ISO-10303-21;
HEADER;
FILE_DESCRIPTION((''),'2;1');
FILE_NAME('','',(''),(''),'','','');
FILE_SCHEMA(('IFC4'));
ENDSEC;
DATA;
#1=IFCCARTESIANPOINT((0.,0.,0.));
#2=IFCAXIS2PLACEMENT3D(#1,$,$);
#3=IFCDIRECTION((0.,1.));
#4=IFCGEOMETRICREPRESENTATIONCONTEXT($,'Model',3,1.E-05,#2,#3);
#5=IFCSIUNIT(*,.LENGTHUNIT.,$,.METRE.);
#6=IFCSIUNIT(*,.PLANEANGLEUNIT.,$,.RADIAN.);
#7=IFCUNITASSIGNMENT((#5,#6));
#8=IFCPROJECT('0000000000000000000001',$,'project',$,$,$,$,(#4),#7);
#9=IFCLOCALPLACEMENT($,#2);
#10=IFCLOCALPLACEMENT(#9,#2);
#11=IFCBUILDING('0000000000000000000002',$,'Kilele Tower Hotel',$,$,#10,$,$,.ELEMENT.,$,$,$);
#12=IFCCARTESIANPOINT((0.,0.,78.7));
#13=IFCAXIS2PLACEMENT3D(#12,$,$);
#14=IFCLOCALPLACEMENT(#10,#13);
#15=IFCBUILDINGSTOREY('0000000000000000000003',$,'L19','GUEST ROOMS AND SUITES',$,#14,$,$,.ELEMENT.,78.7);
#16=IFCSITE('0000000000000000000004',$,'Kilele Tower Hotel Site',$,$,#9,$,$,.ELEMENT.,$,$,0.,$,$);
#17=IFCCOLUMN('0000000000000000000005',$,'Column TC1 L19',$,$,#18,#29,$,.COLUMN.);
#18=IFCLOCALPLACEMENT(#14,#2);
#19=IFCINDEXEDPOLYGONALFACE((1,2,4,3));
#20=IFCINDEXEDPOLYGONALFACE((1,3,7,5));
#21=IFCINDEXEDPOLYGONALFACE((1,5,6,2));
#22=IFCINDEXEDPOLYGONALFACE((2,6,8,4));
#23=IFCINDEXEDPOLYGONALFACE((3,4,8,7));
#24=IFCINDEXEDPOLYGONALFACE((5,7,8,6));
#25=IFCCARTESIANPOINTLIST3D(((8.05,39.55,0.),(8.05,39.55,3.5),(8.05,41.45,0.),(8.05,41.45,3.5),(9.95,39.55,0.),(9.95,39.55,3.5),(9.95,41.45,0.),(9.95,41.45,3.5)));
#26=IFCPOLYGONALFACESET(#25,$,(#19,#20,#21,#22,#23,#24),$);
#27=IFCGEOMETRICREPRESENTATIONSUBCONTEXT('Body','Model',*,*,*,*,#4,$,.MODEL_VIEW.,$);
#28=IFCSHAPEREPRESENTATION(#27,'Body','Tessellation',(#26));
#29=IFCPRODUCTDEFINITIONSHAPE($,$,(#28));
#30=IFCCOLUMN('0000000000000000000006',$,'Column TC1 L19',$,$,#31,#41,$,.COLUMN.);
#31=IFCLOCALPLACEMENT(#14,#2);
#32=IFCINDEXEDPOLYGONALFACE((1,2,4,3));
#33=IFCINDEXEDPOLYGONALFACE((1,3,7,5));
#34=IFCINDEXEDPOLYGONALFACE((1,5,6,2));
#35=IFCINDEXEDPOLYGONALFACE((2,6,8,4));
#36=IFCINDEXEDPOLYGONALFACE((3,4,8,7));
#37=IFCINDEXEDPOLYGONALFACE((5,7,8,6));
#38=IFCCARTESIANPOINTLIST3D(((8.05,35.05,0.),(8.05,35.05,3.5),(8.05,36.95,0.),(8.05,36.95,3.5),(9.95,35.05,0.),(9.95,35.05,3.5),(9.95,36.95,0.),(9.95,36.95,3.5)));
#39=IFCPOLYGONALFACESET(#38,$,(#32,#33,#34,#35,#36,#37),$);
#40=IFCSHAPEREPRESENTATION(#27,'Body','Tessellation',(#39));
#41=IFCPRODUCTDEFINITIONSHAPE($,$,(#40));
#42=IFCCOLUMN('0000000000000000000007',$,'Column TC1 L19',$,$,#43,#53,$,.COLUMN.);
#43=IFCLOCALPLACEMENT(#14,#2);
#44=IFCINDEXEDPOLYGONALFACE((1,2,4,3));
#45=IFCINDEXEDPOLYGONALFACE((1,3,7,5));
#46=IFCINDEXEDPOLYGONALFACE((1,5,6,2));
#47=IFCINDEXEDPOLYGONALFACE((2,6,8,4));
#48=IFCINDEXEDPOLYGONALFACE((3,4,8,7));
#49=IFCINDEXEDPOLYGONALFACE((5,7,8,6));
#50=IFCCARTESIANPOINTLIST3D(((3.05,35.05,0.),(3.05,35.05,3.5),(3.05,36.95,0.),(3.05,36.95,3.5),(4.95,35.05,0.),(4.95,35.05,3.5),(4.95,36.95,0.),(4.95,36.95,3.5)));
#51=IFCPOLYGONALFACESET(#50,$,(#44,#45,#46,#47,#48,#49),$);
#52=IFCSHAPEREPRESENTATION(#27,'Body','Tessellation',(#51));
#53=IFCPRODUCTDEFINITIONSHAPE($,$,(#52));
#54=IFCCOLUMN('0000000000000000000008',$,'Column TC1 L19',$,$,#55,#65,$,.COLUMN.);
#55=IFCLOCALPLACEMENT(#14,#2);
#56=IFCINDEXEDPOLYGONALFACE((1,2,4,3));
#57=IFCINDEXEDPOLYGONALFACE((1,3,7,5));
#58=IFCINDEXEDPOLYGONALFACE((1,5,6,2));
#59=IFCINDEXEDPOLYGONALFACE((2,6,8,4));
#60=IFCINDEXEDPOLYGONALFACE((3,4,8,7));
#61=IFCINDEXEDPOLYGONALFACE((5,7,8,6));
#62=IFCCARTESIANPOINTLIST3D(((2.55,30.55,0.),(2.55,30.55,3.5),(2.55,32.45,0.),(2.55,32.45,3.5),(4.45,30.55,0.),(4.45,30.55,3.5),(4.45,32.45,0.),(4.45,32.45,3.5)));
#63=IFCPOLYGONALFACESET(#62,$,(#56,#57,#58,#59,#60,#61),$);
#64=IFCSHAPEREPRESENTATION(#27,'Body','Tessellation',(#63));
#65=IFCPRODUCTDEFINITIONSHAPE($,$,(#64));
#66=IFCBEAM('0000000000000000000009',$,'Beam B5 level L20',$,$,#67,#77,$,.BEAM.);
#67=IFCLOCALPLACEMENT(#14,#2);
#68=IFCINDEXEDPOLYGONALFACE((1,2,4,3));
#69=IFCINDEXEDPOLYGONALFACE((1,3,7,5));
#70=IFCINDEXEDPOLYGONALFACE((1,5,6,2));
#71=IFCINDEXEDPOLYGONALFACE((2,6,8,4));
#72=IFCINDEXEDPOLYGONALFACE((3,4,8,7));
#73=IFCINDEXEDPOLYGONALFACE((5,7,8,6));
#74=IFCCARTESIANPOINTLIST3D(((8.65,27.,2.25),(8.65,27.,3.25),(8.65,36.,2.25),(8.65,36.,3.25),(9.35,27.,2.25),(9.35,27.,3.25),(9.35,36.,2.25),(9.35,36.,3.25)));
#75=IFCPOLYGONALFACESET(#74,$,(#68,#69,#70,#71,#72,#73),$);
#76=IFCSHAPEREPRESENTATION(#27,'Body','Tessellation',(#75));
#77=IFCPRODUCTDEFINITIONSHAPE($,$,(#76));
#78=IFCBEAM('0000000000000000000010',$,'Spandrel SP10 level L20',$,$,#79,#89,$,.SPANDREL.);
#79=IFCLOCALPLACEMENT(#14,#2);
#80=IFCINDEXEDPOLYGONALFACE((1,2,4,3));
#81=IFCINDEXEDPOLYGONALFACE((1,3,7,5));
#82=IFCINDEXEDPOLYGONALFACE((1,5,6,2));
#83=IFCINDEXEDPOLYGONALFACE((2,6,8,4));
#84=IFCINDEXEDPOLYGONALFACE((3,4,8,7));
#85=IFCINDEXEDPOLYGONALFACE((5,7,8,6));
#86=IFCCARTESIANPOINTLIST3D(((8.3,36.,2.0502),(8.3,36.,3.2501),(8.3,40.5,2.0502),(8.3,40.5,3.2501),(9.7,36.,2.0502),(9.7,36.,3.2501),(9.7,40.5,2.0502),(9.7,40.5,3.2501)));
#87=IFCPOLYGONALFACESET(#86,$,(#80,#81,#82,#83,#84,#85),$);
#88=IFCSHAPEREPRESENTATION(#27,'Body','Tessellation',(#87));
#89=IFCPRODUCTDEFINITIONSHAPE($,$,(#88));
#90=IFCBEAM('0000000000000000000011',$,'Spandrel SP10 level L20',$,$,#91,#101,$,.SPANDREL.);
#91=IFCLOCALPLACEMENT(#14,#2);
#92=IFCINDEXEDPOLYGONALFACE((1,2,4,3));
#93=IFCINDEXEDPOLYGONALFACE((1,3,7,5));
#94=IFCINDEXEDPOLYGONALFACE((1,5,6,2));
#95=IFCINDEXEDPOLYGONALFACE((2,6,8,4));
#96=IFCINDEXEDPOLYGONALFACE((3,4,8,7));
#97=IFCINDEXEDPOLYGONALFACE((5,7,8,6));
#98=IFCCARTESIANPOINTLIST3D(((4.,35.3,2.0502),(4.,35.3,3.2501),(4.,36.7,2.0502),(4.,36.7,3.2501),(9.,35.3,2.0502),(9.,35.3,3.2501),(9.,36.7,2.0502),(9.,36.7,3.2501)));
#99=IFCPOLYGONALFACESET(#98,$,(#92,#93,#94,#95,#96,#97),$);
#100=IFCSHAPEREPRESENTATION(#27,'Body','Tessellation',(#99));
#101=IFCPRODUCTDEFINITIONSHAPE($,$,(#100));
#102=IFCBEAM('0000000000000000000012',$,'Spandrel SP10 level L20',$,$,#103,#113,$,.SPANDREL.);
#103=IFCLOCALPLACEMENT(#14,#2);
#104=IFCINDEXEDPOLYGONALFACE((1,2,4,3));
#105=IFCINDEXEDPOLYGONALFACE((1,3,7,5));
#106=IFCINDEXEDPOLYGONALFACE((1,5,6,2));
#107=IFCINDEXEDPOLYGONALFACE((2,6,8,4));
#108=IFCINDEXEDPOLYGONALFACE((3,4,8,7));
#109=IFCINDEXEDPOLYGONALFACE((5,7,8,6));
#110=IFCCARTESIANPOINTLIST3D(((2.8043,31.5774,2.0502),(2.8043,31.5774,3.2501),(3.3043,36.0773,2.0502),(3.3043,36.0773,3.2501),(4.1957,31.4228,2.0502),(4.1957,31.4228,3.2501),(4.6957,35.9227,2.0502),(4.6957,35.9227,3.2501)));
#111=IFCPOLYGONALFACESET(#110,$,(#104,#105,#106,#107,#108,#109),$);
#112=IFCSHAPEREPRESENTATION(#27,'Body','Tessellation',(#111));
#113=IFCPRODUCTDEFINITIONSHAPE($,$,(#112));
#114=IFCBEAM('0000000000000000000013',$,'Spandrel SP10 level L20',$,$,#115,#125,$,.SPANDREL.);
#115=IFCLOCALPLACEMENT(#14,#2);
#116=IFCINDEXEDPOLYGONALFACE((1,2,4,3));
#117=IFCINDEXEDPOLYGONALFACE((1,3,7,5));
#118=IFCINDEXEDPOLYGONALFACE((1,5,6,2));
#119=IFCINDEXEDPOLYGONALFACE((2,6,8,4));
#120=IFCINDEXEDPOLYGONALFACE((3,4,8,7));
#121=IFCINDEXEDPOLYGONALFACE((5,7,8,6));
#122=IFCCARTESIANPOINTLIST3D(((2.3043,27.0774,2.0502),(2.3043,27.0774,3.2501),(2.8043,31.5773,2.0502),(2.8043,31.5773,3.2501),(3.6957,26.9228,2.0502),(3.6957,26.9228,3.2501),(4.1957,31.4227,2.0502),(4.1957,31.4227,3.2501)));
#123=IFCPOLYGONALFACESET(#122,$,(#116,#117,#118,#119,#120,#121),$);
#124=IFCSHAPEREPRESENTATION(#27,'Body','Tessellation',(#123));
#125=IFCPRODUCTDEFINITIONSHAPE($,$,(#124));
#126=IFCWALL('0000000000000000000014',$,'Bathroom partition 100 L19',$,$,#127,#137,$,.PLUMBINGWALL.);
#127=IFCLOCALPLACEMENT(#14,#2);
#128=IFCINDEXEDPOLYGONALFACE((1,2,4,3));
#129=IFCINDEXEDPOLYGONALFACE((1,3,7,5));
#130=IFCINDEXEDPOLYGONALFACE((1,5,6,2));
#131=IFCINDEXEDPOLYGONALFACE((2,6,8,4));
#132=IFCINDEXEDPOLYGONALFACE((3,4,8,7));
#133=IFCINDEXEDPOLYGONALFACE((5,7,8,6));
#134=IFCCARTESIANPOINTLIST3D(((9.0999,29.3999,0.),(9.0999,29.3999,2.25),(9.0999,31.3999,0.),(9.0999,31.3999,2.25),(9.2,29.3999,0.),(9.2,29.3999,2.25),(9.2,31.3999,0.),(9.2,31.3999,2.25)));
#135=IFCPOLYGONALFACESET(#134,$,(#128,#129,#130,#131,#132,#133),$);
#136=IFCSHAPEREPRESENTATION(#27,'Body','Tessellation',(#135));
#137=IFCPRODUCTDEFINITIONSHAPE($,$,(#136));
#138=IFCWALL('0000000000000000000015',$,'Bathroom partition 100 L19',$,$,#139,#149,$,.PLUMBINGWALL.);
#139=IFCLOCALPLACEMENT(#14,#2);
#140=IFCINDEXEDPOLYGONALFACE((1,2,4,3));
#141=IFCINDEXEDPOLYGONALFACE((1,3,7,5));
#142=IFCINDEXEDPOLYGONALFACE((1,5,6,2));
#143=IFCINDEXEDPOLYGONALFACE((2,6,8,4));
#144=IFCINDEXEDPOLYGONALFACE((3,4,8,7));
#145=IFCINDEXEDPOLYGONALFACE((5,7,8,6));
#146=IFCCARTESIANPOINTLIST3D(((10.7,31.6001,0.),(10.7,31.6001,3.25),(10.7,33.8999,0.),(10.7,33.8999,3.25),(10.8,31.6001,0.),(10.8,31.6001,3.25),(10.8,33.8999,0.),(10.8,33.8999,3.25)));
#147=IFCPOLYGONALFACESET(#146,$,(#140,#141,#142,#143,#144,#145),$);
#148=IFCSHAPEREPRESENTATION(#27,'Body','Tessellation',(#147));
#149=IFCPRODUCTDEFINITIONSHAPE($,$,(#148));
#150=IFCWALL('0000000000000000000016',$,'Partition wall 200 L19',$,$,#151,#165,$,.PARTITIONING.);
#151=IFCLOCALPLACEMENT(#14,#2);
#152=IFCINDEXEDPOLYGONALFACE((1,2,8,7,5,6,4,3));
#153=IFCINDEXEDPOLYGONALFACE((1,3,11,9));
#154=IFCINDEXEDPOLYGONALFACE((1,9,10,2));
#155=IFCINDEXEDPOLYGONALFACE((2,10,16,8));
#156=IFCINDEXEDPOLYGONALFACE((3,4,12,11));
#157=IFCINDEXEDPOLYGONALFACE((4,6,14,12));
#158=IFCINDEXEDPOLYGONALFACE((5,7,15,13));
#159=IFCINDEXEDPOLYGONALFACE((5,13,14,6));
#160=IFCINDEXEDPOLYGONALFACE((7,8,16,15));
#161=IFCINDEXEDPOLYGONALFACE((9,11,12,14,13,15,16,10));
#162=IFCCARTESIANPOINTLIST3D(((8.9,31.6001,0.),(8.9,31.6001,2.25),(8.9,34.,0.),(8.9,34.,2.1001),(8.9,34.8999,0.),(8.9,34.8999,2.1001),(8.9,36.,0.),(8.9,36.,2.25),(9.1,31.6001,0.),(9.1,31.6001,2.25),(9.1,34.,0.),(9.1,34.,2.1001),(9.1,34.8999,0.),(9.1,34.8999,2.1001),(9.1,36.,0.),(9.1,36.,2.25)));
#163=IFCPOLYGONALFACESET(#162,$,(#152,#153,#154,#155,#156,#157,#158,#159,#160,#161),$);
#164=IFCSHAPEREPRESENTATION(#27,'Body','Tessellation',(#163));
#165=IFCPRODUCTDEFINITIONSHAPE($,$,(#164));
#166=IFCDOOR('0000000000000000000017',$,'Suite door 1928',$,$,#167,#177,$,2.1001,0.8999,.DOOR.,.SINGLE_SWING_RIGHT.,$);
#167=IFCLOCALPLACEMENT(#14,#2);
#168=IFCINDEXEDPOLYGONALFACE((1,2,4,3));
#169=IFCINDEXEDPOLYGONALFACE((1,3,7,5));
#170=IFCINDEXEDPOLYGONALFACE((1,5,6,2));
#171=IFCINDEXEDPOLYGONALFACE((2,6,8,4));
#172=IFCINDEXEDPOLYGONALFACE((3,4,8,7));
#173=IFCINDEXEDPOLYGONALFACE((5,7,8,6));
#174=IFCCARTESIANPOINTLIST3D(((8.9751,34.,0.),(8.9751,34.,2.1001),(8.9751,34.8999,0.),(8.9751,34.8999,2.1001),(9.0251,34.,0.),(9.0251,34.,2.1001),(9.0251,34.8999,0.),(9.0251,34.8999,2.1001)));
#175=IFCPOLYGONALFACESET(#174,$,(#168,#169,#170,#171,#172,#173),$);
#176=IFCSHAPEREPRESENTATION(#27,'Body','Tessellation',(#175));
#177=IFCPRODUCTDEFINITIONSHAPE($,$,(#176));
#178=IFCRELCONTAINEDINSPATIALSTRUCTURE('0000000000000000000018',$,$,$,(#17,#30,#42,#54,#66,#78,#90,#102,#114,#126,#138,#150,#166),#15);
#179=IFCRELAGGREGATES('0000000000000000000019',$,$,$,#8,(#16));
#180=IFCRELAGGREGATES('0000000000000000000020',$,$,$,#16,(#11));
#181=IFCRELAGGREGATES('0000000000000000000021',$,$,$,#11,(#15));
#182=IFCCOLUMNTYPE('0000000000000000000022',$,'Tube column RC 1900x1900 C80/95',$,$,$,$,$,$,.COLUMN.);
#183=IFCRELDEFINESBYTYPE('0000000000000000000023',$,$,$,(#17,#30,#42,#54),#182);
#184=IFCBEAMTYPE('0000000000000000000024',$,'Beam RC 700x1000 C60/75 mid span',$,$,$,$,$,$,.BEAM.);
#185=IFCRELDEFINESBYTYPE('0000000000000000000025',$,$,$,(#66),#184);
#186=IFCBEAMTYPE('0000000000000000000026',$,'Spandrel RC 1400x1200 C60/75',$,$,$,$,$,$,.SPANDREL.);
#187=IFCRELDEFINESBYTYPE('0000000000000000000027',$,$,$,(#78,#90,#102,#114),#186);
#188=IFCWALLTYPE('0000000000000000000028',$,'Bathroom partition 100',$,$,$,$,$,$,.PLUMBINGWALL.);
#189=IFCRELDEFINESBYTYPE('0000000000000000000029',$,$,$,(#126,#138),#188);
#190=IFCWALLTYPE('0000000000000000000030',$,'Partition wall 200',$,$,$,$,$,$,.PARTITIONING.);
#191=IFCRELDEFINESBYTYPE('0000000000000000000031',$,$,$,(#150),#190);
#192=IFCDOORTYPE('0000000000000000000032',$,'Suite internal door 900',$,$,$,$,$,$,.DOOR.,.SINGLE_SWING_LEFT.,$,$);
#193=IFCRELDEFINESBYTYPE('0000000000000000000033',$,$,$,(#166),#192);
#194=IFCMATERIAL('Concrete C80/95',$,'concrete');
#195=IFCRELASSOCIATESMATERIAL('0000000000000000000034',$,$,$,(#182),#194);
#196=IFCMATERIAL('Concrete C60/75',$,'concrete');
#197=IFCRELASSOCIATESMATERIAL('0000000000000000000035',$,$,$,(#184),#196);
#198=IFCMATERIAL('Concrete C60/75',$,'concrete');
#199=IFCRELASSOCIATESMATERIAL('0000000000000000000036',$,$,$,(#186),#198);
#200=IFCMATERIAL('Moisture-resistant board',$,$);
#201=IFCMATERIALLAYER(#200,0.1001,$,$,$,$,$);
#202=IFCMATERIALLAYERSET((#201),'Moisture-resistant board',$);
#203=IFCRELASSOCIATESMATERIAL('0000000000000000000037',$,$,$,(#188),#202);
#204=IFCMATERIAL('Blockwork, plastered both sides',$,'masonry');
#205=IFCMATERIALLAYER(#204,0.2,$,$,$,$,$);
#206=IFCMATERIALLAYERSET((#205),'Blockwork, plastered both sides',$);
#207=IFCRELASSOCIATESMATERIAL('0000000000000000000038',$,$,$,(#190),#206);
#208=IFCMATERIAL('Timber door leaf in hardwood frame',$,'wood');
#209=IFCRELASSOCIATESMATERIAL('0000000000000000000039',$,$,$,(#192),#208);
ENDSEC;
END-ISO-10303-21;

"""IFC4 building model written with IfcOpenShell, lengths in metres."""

from ifc_helpers import new_model, si_unit, direction, frame, frame_2d, origin, origin_2d, place, context, subcontext, project, spatial, rectangle, extrude, material, layer, layer_set, material_profile, profile_set, type_object, element, fill, save


model = new_model("IFC4")

# Units and contexts
model_context = context("Model", 3, precision=1e-05, world=origin(), true_north=direction((0.0, 1.0)))
body_context = subcontext(model_context, "Body", "Model", "MODEL_VIEW")
ifc_project = project(units=[si_unit("LENGTHUNIT", "METRE"), si_unit("PLANEANGLEUNIT", "RADIAN")], contexts=[model_context])

# Site, building, storey
site_placement = place(None, origin())
site = spatial("IfcSite", under=ifc_project, at=site_placement, Name="Kilele Tower Hotel Site", CompositionType="ELEMENT", RefElevation=0.0)
building_placement = place(site_placement, origin())
building = spatial("IfcBuilding", under=site, at=building_placement, Name="Kilele Tower Hotel", CompositionType="ELEMENT")
storey_placement = place(building_placement, frame((0.0, 0.0, 78.7)))
storey = spatial("IfcBuildingStorey", under=building, at=storey_placement, Name="L19", Description="GUEST ROOMS AND SUITES", CompositionType="ELEMENT", Elevation=78.7)

# Columns
ifc_material_1 = material(Name="Concrete C80/95", Category="concrete")
ifc_material_profile_1 = material_profile(ifc_material_1, rectangle(XDim=1.8999, YDim=1.8999, at=origin_2d()))
ifc_profile_set_1 = profile_set([ifc_material_profile_1], Name="Concrete C80/95")
column_type = type_object("IfcColumnType", Name="Tube column RC 1900x1900 C80/95", PredefinedType="COLUMN", material=ifc_profile_set_1)
for number, where, z_axis, x_axis, name in (
    (1, (9.0, 40.5, 0.0), (0.0, 0.0, 1.0), (1.0, 0.0, 0.0), "Column TC1 L19"),
    (2, (9.0, 36.0, 0.0), (0.0, 0.0, 1.0), (1.0, 0.0, 0.0), "Column TC1 L19"),
    (3, (4.0, 36.0, 0.0), (0.0, 0.0, 1.0), (1.0, 0.0, 0.0), "Column TC1 L19"),
    (4, (3.5, 31.5, 0.0), (0.0, 0.0, 1.0), (1.0, 0.0, 0.0), "Column TC1 L19"),
):
    element("IfcColumn", number, at=place(storey_placement, frame(where, z_axis=z_axis, x_axis=x_axis)), inside=storey, type_object=column_type, Name=name, PredefinedType="COLUMN", context=body_context, shape_type="SweptSolid", body=[
        extrude(rectangle(XDim=1.8999, YDim=1.8999, at=origin_2d()), origin(), (0.0, 0.0, 1.0), 3.5),
    ])

# Beams
ifc_material_2 = material(Name="Concrete C60/75", Category="concrete")
ifc_material_profile_2 = material_profile(ifc_material_2, rectangle(XDim=0.7, YDim=1.0, at=origin_2d()))
ifc_profile_set_2 = profile_set([ifc_material_profile_2], Name="Concrete C60/75")
beam_type_1 = type_object("IfcBeamType", Name="Beam RC 700x1000 C60/75 mid span", PredefinedType="BEAM", material=ifc_profile_set_2)
beam_1_placement = place(storey_placement, frame((9.0, 36.0, 2.75), z_axis=(0.0, -1.0, 0.0), x_axis=(1.0, 0.0, 0.0)))
element("IfcBeam", 5, at=beam_1_placement, inside=storey, type_object=beam_type_1, Name="Beam B5 level L20", PredefinedType="BEAM", context=body_context, shape_type="SweptSolid", body=[
    extrude(rectangle(XDim=0.7, YDim=1.0, at=origin_2d()), origin(), (0.0, 0.0, 1.0), 9.0),
])
ifc_material_3 = material(Name="Concrete C60/75", Category="concrete")
ifc_material_profile_3 = material_profile(ifc_material_3, rectangle(XDim=1.3999, YDim=1.2, at=origin_2d()))
ifc_profile_set_3 = profile_set([ifc_material_profile_3], Name="Concrete C60/75")
beam_type_2 = type_object("IfcBeamType", Name="Spandrel RC 1400x1200 C60/75", PredefinedType="SPANDREL", material=ifc_profile_set_3)
beam_2_placement = place(storey_placement, frame((9.0, 40.5, 2.6501), z_axis=(0.0, -1.0, 0.0), x_axis=(1.0, 0.0, 0.0)))
element("IfcBeam", 6, at=beam_2_placement, inside=storey, type_object=beam_type_2, Name="Spandrel SP10 level L20", PredefinedType="SPANDREL", context=body_context, shape_type="SweptSolid", body=[
    extrude(rectangle(XDim=1.3999, YDim=1.2, at=origin_2d()), origin(), (0.0, 0.0, 1.0), 4.5),
])
beam_3_placement = place(storey_placement, frame((9.0, 36.0, 2.6501), z_axis=(-1.0, 0.0, 0.0), x_axis=(0.0, -1.0, 0.0)))
element("IfcBeam", 7, at=beam_3_placement, inside=storey, type_object=beam_type_2, Name="Spandrel SP10 level L20", PredefinedType="SPANDREL", context=body_context, shape_type="SweptSolid", body=[
    extrude(rectangle(XDim=1.3999, YDim=1.2, at=origin_2d()), origin(), (0.0, 0.0, 1.0), 5.0),
])
for number, where, z_axis, x_axis, name in (
    (8, (4.0, 36.0, 2.6501), (-0.110432, -0.993884, 0.0), (0.993884, -0.110432, 0.0), "Spandrel SP10 level L20"),
    (9, (3.5, 31.5, 2.6501), (-0.110432, -0.993884, 0.0), (0.993884, -0.110432, 0.0), "Spandrel SP10 level L20"),
):
    element("IfcBeam", number, at=place(storey_placement, frame(where, z_axis=z_axis, x_axis=x_axis)), inside=storey, type_object=beam_type_2, Name=name, PredefinedType="SPANDREL", context=body_context, shape_type="SweptSolid", body=[
        extrude(rectangle(XDim=1.3999, YDim=1.2, at=origin_2d()), origin(), (0.0, 0.0, 1.0), 4.5276),
    ])

# Walls
ifc_material_4 = material(Name="Moisture-resistant board")
ifc_layer_1 = layer(ifc_material_4, 0.1001)
ifc_layer_set_1 = layer_set([ifc_layer_1], Name="Moisture-resistant board")
wall_type_1 = type_object("IfcWallType", Name="Bathroom partition 100", PredefinedType="PLUMBINGWALL", material=ifc_layer_set_1)
wall_1_placement = place(storey_placement, frame((9.1499, 31.3999, 0.0), z_axis=(0.0, 0.0, 1.0), x_axis=(0.0, -1.0, 0.0)))
element("IfcWall", 10, at=wall_1_placement, inside=storey, type_object=wall_type_1, Name="Bathroom partition 100 L19", PredefinedType="PLUMBINGWALL", context=body_context, shape_type="SweptSolid", body=[
    extrude(rectangle(XDim=2.0, YDim=0.1001, at=frame_2d((1.0, 0.0))), origin(), (0.0, 0.0, 1.0), 2.25),
])
wall_2_placement = place(storey_placement, frame((10.75, 31.6001, 0.0), z_axis=(0.0, 0.0, 1.0), x_axis=(0.0, 1.0, 0.0)))
element("IfcWall", 11, at=wall_2_placement, inside=storey, type_object=wall_type_1, Name="Bathroom partition 100 L19", PredefinedType="PLUMBINGWALL", context=body_context, shape_type="SweptSolid", body=[
    extrude(rectangle(XDim=2.2998, YDim=0.1001, at=frame_2d((1.1499, 0.0))), origin(), (0.0, 0.0, 1.0), 3.25),
])

# Wall, opening, door
ifc_material_5 = material(Name="Blockwork, plastered both sides", Category="masonry")
ifc_layer_2 = layer(ifc_material_5, 0.2)
ifc_layer_set_2 = layer_set([ifc_layer_2], Name="Blockwork, plastered both sides")
wall_type_2 = type_object("IfcWallType", Name="Partition wall 200", PredefinedType="PARTITIONING", material=ifc_layer_set_2)
wall_3_placement = place(storey_placement, frame((9.0, 31.6001, 0.0), z_axis=(0.0, 0.0, 1.0), x_axis=(0.0, 1.0, 0.0)))
wall_3 = element("IfcWall", 12, at=wall_3_placement, inside=storey, type_object=wall_type_2, Name="Partition wall 200 L19", PredefinedType="PARTITIONING", context=body_context, shape_type="SweptSolid", body=[
    extrude(rectangle(XDim=4.3999, YDim=0.2, at=frame_2d((2.2, 0.0))), origin(), (0.0, 0.0, 1.0), 2.25),
])
opening_1_placement = place(wall_3_placement, frame((2.3999, 0.0, 0.0)))
opening_1 = element("IfcOpeningElement", 13, at=opening_1_placement, cuts=wall_3, PredefinedType="OPENING", context=body_context, shape_type="SweptSolid", body=[
    extrude(rectangle(XDim=0.8999, YDim=2.1001, at=frame_2d((0.45, 1.05))), frame((0.0, 0.1099, 0.0), z_axis=(0.0, -1.0, 0.0), x_axis=(1.0, 0.0, 0.0)), (0.0, 0.0, 1.0), 0.22),
])
ifc_material_6 = material(Name="Timber door leaf in hardwood frame", Category="wood")
door_type = type_object("IfcDoorType", Name="Suite internal door 900", OperationType="SINGLE_SWING_LEFT", PredefinedType="DOOR", material=ifc_material_6)
door_placement = place(opening_1_placement, origin())
door = element("IfcDoor", 14, at=door_placement, inside=storey, type_object=door_type, Name="Suite door 1928", OperationType="SINGLE_SWING_RIGHT", OverallHeight=2.1001, OverallWidth=0.8999, PredefinedType="DOOR", context=body_context, shape_type="SweptSolid", body=[
    extrude(rectangle(XDim=0.8999, YDim=2.1001, at=frame_2d((0.45, 1.05))), frame((0.0, 0.0249, 0.0), z_axis=(0.0, -1.0, 0.0), x_axis=(1.0, 0.0, 0.0)), (0.0, 0.0, 1.0), 0.05),
])
fill(opening_1, door)

save(model, "model.ifc")
